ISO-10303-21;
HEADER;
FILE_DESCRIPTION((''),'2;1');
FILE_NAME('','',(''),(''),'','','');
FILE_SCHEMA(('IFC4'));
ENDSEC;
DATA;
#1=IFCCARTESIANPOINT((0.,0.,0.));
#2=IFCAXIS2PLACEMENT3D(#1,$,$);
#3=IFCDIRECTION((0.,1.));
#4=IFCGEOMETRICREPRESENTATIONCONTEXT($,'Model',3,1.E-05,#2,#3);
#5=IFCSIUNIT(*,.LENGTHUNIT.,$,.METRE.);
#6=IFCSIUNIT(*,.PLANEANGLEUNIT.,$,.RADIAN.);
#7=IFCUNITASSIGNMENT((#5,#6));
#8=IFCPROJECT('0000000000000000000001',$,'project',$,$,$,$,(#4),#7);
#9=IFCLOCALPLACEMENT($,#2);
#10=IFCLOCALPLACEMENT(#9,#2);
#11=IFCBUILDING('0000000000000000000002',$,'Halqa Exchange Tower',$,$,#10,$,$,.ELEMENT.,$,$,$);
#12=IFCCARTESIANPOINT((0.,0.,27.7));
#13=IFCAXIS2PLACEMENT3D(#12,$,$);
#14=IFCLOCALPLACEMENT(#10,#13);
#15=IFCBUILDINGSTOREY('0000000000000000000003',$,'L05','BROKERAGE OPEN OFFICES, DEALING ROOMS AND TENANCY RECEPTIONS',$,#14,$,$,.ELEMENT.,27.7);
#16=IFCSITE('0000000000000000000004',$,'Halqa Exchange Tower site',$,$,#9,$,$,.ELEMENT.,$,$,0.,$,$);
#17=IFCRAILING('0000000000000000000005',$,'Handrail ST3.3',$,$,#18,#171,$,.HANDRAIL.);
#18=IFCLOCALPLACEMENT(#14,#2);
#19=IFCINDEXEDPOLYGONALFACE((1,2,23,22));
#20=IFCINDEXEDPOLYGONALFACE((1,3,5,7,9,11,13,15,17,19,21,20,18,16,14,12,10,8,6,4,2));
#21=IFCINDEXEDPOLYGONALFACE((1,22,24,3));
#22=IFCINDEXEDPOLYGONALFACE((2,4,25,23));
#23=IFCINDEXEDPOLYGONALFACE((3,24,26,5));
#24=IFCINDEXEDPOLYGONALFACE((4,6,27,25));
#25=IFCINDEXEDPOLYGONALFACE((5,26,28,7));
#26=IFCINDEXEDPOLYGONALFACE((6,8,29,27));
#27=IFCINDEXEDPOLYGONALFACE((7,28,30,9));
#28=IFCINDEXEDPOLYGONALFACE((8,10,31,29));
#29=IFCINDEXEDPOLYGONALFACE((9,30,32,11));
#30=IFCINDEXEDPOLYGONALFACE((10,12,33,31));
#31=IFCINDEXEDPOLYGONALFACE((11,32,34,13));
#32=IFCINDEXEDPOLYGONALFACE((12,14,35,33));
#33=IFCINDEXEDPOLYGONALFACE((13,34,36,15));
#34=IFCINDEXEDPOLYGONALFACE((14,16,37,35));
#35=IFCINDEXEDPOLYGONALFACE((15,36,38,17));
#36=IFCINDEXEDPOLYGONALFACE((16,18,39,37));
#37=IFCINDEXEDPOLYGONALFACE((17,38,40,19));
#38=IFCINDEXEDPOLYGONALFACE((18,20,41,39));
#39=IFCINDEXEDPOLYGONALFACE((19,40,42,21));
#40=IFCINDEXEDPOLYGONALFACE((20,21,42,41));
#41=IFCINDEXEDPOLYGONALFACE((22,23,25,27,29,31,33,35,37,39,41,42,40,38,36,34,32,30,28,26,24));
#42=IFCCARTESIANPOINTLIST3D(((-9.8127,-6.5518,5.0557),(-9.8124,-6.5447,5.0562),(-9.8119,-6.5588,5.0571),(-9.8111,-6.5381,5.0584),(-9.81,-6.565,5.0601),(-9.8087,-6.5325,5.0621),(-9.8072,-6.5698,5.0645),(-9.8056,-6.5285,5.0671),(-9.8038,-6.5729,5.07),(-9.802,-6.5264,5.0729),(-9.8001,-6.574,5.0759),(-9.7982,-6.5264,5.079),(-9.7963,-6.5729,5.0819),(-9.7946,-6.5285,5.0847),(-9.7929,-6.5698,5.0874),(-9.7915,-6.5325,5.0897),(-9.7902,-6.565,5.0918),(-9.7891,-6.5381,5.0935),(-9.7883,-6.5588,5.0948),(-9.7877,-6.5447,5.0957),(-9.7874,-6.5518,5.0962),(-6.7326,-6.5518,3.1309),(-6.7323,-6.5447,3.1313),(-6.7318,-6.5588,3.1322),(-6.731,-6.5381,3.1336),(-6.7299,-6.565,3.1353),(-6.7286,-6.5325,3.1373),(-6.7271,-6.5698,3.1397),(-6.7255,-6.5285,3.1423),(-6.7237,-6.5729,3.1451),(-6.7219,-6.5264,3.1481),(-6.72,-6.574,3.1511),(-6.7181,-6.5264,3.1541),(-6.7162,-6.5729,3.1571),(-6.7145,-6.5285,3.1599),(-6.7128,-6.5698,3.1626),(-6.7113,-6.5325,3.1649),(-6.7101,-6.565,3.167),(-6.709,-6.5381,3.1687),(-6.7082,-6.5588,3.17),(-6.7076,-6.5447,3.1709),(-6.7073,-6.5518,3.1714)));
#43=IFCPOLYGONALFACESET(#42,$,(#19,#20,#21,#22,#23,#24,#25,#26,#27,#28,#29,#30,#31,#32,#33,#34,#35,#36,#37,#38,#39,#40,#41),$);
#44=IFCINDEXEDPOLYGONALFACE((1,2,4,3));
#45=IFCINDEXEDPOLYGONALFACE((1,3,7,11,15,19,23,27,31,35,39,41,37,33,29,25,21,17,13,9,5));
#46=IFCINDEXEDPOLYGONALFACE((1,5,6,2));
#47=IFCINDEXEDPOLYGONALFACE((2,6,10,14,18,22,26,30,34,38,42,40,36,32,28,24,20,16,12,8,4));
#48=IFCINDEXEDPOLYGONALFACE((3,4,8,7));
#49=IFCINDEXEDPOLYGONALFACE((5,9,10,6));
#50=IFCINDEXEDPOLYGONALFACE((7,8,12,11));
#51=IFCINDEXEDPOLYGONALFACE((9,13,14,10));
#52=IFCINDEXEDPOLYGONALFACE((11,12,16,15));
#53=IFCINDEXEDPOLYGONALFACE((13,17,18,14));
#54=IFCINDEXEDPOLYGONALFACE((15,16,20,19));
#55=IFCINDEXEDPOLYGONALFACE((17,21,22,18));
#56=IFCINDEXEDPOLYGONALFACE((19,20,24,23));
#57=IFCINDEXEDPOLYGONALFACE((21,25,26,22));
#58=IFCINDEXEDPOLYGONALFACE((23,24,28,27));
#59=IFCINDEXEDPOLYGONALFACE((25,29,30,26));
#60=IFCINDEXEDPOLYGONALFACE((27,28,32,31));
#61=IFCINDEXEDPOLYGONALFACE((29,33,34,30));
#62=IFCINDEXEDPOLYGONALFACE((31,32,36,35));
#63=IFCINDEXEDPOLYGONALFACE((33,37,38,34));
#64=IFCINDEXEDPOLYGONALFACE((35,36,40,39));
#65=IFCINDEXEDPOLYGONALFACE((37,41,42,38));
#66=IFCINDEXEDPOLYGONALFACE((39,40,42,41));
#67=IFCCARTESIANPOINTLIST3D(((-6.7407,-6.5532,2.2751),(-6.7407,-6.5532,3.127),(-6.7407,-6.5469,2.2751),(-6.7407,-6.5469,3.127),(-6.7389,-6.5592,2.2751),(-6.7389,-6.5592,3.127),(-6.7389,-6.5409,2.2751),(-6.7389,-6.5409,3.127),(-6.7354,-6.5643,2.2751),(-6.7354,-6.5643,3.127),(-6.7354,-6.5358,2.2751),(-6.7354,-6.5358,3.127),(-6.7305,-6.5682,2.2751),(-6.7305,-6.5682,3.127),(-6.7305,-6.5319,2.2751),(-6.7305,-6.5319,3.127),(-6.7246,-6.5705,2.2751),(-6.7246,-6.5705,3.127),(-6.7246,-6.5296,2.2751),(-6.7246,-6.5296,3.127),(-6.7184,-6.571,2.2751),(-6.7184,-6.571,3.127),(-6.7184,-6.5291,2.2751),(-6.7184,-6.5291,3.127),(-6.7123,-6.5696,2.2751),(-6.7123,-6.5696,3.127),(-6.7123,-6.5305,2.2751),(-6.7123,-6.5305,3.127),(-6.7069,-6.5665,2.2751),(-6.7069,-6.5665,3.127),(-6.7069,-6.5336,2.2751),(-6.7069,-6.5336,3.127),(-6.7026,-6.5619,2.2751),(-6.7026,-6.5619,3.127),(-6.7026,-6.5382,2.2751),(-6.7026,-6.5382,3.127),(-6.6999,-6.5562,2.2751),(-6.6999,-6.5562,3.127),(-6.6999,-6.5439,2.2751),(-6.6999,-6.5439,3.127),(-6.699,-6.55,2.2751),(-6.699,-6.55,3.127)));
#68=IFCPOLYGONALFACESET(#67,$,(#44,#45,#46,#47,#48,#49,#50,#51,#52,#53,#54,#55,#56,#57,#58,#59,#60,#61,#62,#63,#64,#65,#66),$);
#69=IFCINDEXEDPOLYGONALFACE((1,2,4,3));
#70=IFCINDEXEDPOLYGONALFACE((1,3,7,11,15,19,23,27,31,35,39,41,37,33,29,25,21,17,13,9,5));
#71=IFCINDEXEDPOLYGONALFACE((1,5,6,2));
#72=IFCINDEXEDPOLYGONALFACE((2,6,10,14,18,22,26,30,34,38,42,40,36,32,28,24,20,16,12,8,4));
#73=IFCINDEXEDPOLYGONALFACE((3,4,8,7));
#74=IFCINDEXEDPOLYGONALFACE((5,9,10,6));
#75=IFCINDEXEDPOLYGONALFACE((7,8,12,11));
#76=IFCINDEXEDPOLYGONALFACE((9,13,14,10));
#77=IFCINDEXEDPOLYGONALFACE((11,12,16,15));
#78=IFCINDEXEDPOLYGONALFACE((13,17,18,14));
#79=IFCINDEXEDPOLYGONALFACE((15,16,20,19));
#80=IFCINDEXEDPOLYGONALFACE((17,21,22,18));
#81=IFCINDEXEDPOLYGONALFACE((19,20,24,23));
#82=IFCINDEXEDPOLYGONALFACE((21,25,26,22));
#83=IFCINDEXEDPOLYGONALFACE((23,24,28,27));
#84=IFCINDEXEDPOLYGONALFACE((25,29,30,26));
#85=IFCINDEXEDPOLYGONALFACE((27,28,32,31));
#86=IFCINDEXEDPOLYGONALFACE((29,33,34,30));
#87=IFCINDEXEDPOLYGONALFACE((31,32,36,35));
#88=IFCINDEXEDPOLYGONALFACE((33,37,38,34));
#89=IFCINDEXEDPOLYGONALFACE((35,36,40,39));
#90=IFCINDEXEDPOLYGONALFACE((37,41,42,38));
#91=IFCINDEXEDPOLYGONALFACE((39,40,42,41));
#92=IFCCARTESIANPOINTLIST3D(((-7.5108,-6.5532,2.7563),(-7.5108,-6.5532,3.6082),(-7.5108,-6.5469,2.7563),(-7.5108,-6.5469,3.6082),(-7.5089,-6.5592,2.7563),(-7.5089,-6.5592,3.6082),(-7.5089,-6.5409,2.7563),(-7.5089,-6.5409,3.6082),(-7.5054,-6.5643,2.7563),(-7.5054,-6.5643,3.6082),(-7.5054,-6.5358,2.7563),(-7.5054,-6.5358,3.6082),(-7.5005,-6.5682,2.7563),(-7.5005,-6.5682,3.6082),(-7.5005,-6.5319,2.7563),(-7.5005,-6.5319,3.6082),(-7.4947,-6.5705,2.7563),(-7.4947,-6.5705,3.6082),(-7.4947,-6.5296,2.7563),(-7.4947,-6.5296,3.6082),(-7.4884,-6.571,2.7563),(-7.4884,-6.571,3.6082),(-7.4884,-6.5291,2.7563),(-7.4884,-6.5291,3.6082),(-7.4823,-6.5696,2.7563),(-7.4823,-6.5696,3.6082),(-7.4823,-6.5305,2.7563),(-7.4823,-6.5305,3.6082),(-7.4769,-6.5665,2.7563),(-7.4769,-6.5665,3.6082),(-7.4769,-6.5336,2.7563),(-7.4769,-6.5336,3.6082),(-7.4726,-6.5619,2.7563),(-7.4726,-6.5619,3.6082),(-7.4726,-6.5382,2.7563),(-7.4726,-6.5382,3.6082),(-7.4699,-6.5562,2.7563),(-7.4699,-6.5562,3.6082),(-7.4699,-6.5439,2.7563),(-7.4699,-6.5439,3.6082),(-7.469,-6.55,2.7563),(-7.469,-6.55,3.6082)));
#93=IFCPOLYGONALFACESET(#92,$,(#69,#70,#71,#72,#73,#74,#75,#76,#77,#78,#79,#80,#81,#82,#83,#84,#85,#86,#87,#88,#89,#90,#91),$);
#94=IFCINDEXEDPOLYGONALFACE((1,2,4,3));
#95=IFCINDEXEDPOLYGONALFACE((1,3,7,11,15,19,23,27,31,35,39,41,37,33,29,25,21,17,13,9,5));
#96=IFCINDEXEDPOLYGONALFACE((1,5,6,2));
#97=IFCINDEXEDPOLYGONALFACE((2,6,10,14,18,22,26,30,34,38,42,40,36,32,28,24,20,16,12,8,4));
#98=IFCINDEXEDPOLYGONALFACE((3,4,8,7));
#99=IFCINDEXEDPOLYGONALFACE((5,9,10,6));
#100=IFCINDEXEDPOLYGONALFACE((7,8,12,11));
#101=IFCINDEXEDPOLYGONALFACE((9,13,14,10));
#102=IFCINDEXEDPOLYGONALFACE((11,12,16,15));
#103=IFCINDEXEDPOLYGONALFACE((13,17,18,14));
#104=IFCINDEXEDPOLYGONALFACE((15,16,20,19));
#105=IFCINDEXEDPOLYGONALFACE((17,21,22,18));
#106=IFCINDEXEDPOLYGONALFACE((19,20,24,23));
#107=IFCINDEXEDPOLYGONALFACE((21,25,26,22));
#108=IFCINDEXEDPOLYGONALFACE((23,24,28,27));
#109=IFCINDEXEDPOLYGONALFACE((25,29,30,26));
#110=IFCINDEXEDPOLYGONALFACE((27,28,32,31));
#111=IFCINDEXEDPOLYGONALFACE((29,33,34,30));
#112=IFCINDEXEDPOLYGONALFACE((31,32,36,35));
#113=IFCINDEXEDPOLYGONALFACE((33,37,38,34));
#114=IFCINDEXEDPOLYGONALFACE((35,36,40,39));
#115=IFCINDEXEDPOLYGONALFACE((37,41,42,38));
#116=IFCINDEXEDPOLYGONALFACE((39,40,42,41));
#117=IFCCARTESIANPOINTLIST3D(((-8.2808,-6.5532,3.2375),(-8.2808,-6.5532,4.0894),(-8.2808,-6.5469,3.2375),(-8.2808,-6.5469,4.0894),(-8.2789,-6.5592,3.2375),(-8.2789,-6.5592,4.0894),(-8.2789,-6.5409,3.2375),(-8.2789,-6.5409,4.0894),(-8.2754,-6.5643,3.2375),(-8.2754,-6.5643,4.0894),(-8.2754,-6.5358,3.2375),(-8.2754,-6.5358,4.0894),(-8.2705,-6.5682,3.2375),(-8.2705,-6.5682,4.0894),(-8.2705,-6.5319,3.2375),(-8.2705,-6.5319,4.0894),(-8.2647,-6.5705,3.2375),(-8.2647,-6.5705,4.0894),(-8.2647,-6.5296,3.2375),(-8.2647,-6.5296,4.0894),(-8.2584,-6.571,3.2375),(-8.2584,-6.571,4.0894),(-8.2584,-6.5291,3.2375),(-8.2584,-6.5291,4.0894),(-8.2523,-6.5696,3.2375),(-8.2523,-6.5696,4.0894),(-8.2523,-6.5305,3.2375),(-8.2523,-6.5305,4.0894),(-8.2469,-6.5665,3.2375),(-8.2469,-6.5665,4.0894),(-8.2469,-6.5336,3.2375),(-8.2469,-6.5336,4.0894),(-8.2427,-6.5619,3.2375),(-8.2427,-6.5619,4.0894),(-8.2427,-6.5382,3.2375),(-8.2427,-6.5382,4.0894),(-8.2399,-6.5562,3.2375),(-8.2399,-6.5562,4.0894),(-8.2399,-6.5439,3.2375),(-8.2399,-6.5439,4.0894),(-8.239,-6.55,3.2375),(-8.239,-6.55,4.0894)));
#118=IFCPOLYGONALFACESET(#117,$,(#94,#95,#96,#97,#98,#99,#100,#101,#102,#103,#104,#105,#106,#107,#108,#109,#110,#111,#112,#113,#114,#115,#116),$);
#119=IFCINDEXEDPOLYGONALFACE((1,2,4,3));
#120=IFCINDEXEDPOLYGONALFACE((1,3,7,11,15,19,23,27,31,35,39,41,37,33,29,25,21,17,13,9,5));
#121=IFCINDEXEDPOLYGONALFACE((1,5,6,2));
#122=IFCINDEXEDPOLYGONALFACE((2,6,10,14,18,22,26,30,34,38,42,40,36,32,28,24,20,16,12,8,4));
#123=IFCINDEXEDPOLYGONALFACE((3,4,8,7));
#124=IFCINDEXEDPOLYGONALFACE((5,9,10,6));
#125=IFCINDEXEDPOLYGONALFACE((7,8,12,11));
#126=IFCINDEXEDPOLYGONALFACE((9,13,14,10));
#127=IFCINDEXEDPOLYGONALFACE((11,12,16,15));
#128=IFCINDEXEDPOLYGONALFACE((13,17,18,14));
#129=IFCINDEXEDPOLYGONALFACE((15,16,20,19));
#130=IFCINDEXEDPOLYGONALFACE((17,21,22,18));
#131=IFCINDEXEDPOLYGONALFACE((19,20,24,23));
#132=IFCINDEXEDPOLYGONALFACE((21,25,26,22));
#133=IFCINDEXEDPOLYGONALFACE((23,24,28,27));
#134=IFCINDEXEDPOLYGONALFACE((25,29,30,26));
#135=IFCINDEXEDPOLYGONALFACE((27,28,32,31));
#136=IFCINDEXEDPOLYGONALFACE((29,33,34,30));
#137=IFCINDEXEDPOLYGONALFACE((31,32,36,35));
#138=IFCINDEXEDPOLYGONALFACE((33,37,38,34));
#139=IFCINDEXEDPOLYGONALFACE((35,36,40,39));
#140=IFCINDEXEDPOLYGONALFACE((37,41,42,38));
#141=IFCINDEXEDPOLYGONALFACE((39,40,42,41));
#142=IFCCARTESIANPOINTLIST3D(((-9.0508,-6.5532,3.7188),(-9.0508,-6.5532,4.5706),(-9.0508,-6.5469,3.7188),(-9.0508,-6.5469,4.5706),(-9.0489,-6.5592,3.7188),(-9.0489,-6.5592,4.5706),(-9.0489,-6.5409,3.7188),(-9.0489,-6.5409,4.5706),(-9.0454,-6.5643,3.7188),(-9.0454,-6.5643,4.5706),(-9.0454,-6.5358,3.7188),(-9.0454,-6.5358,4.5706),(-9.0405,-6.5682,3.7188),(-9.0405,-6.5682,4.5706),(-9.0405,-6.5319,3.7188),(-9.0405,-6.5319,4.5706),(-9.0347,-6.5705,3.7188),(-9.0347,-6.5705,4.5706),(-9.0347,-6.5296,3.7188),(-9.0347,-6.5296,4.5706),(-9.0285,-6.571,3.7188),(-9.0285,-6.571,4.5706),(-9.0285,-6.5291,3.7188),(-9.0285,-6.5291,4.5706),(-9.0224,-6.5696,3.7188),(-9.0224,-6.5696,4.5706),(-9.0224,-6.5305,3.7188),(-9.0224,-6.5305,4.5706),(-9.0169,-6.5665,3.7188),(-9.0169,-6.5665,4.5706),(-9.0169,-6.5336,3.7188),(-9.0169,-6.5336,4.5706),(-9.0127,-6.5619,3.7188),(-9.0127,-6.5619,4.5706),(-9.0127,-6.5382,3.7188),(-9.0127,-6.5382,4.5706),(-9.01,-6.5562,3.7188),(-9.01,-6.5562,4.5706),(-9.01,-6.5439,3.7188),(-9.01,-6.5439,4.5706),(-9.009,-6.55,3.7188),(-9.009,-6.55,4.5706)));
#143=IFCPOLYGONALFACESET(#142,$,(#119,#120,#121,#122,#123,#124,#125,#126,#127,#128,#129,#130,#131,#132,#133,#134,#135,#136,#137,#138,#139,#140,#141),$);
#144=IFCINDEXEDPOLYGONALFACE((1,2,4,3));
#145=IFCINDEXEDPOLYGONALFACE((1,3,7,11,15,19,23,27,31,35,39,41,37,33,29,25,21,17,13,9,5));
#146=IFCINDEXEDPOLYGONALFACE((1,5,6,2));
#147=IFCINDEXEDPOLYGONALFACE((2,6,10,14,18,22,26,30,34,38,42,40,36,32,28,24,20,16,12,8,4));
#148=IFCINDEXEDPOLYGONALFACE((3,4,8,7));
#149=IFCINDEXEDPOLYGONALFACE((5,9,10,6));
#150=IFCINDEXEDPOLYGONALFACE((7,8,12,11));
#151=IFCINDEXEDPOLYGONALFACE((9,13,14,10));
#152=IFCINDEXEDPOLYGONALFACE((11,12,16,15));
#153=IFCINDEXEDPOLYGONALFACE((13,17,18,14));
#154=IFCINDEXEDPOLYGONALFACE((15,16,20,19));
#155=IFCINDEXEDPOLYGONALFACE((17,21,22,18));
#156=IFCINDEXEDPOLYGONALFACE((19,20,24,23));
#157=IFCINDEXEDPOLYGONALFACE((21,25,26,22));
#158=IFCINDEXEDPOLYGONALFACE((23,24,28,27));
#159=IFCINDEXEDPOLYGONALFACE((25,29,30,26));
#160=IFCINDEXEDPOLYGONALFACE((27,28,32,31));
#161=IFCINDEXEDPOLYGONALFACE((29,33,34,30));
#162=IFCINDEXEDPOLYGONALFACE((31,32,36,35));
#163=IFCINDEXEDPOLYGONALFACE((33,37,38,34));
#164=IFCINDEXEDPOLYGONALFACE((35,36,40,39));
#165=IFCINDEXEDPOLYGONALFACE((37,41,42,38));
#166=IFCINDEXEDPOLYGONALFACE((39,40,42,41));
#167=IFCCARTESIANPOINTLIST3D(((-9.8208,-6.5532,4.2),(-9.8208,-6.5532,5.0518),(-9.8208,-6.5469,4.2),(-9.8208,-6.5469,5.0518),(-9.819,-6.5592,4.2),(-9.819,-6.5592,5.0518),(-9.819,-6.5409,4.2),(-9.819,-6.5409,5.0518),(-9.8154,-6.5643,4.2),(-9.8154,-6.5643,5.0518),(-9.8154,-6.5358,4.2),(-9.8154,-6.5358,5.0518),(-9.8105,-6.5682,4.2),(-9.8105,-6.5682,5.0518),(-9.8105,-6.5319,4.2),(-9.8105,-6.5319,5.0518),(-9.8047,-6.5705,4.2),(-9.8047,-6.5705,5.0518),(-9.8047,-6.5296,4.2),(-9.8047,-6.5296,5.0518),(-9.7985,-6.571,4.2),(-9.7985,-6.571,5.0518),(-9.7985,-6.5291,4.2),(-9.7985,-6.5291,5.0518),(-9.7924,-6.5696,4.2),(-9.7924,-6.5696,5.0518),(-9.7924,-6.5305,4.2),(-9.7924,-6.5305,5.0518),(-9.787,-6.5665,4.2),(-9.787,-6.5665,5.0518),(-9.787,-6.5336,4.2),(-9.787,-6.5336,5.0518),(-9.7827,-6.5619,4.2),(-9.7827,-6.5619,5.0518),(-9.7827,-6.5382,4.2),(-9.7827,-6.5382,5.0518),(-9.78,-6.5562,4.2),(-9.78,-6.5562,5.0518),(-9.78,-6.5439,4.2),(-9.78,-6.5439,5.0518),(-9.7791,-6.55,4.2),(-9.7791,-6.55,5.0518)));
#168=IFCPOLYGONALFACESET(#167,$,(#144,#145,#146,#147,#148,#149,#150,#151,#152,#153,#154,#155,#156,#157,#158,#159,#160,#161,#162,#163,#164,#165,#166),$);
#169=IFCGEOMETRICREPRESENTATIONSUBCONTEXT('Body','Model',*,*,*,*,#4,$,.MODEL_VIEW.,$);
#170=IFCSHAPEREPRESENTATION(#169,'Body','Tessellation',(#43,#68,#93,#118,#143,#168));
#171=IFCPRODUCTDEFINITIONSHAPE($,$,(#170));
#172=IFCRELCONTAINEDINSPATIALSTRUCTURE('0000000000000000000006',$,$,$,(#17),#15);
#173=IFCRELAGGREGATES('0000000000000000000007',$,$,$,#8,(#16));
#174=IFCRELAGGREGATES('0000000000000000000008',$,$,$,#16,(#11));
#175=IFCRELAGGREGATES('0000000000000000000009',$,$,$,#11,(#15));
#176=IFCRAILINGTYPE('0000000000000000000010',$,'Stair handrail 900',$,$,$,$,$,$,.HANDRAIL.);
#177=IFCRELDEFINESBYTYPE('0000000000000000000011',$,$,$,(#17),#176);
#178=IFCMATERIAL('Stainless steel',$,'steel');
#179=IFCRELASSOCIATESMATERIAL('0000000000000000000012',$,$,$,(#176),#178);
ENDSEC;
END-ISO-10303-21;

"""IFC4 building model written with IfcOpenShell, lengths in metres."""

from ifc_helpers import new_model, si_unit, direction, frame, origin, origin_2d, place, context, subcontext, project, spatial, circle, extrude, material, type_object, element, save


model = new_model("IFC4")

# Units and contexts
model_context = context("Model", 3, precision=1e-05, world=origin(), true_north=direction((0.0, 1.0)))
body_context = subcontext(model_context, "Body", "Model", "MODEL_VIEW")
ifc_project = project(units=[si_unit("LENGTHUNIT", "METRE"), si_unit("PLANEANGLEUNIT", "RADIAN")], contexts=[model_context])

# Site, building, storey
site_placement = place(None, origin())
site = spatial("IfcSite", under=ifc_project, at=site_placement, Name="Halqa Exchange Tower site", CompositionType="ELEMENT", RefElevation=0.0)
building_placement = place(site_placement, origin())
building = spatial("IfcBuilding", under=site, at=building_placement, Name="Halqa Exchange Tower", CompositionType="ELEMENT")
storey_placement = place(building_placement, frame((0.0, 0.0, 27.7)))
storey = spatial("IfcBuildingStorey", under=building, at=storey_placement, Name="L05", Description="BROKERAGE OPEN OFFICES, DEALING ROOMS AND TENANCY RECEPTIONS", CompositionType="ELEMENT", Elevation=27.7)

# Shared definitions
ifc_material_1 = material(Name="Stainless steel", Category="steel")

# Railing
railing_type_1 = type_object("IfcRailingType", Name="Stair handrail 900", PredefinedType="HANDRAIL", material=ifc_material_1)
railing_1_placement = place(storey_placement, frame((-6.72, -6.55, 2.2751)))
element("IfcRailing", 1, at=railing_1_placement, inside=storey, type_object=railing_type_1, Name="Handrail ST3.3", PredefinedType="HANDRAIL", context=body_context, shape_type="SweptSolid", body=[
    extrude(circle(Radius=0.0239, at=origin_2d()), frame((0.0, 0.0, 0.876), z_axis=(-0.848029, 0.0, 0.529951), x_axis=(0.0, -1.0, 0.0)), (0.0, 0.0, 1.0), 3.6321),
    extrude(circle(Radius=0.021, at=origin_2d()), origin(), (0.0, 0.0, 1.0), 0.8518),
    extrude(circle(Radius=0.021, at=origin_2d()), frame((-0.77, 0.0, 0.4812)), (0.0, 0.0, 1.0), 0.8518),
    extrude(circle(Radius=0.021, at=origin_2d()), frame((-1.54, 0.0, 0.9624)), (0.0, 0.0, 1.0), 0.8518),
    extrude(circle(Radius=0.021, at=origin_2d()), frame((-2.3101, 0.0, 1.4436)), (0.0, 0.0, 1.0), 0.8518),
    extrude(circle(Radius=0.021, at=origin_2d()), frame((-3.0801, 0.0, 1.9248)), (0.0, 0.0, 1.0), 0.8518),
])

save(model, "model.ifc")
